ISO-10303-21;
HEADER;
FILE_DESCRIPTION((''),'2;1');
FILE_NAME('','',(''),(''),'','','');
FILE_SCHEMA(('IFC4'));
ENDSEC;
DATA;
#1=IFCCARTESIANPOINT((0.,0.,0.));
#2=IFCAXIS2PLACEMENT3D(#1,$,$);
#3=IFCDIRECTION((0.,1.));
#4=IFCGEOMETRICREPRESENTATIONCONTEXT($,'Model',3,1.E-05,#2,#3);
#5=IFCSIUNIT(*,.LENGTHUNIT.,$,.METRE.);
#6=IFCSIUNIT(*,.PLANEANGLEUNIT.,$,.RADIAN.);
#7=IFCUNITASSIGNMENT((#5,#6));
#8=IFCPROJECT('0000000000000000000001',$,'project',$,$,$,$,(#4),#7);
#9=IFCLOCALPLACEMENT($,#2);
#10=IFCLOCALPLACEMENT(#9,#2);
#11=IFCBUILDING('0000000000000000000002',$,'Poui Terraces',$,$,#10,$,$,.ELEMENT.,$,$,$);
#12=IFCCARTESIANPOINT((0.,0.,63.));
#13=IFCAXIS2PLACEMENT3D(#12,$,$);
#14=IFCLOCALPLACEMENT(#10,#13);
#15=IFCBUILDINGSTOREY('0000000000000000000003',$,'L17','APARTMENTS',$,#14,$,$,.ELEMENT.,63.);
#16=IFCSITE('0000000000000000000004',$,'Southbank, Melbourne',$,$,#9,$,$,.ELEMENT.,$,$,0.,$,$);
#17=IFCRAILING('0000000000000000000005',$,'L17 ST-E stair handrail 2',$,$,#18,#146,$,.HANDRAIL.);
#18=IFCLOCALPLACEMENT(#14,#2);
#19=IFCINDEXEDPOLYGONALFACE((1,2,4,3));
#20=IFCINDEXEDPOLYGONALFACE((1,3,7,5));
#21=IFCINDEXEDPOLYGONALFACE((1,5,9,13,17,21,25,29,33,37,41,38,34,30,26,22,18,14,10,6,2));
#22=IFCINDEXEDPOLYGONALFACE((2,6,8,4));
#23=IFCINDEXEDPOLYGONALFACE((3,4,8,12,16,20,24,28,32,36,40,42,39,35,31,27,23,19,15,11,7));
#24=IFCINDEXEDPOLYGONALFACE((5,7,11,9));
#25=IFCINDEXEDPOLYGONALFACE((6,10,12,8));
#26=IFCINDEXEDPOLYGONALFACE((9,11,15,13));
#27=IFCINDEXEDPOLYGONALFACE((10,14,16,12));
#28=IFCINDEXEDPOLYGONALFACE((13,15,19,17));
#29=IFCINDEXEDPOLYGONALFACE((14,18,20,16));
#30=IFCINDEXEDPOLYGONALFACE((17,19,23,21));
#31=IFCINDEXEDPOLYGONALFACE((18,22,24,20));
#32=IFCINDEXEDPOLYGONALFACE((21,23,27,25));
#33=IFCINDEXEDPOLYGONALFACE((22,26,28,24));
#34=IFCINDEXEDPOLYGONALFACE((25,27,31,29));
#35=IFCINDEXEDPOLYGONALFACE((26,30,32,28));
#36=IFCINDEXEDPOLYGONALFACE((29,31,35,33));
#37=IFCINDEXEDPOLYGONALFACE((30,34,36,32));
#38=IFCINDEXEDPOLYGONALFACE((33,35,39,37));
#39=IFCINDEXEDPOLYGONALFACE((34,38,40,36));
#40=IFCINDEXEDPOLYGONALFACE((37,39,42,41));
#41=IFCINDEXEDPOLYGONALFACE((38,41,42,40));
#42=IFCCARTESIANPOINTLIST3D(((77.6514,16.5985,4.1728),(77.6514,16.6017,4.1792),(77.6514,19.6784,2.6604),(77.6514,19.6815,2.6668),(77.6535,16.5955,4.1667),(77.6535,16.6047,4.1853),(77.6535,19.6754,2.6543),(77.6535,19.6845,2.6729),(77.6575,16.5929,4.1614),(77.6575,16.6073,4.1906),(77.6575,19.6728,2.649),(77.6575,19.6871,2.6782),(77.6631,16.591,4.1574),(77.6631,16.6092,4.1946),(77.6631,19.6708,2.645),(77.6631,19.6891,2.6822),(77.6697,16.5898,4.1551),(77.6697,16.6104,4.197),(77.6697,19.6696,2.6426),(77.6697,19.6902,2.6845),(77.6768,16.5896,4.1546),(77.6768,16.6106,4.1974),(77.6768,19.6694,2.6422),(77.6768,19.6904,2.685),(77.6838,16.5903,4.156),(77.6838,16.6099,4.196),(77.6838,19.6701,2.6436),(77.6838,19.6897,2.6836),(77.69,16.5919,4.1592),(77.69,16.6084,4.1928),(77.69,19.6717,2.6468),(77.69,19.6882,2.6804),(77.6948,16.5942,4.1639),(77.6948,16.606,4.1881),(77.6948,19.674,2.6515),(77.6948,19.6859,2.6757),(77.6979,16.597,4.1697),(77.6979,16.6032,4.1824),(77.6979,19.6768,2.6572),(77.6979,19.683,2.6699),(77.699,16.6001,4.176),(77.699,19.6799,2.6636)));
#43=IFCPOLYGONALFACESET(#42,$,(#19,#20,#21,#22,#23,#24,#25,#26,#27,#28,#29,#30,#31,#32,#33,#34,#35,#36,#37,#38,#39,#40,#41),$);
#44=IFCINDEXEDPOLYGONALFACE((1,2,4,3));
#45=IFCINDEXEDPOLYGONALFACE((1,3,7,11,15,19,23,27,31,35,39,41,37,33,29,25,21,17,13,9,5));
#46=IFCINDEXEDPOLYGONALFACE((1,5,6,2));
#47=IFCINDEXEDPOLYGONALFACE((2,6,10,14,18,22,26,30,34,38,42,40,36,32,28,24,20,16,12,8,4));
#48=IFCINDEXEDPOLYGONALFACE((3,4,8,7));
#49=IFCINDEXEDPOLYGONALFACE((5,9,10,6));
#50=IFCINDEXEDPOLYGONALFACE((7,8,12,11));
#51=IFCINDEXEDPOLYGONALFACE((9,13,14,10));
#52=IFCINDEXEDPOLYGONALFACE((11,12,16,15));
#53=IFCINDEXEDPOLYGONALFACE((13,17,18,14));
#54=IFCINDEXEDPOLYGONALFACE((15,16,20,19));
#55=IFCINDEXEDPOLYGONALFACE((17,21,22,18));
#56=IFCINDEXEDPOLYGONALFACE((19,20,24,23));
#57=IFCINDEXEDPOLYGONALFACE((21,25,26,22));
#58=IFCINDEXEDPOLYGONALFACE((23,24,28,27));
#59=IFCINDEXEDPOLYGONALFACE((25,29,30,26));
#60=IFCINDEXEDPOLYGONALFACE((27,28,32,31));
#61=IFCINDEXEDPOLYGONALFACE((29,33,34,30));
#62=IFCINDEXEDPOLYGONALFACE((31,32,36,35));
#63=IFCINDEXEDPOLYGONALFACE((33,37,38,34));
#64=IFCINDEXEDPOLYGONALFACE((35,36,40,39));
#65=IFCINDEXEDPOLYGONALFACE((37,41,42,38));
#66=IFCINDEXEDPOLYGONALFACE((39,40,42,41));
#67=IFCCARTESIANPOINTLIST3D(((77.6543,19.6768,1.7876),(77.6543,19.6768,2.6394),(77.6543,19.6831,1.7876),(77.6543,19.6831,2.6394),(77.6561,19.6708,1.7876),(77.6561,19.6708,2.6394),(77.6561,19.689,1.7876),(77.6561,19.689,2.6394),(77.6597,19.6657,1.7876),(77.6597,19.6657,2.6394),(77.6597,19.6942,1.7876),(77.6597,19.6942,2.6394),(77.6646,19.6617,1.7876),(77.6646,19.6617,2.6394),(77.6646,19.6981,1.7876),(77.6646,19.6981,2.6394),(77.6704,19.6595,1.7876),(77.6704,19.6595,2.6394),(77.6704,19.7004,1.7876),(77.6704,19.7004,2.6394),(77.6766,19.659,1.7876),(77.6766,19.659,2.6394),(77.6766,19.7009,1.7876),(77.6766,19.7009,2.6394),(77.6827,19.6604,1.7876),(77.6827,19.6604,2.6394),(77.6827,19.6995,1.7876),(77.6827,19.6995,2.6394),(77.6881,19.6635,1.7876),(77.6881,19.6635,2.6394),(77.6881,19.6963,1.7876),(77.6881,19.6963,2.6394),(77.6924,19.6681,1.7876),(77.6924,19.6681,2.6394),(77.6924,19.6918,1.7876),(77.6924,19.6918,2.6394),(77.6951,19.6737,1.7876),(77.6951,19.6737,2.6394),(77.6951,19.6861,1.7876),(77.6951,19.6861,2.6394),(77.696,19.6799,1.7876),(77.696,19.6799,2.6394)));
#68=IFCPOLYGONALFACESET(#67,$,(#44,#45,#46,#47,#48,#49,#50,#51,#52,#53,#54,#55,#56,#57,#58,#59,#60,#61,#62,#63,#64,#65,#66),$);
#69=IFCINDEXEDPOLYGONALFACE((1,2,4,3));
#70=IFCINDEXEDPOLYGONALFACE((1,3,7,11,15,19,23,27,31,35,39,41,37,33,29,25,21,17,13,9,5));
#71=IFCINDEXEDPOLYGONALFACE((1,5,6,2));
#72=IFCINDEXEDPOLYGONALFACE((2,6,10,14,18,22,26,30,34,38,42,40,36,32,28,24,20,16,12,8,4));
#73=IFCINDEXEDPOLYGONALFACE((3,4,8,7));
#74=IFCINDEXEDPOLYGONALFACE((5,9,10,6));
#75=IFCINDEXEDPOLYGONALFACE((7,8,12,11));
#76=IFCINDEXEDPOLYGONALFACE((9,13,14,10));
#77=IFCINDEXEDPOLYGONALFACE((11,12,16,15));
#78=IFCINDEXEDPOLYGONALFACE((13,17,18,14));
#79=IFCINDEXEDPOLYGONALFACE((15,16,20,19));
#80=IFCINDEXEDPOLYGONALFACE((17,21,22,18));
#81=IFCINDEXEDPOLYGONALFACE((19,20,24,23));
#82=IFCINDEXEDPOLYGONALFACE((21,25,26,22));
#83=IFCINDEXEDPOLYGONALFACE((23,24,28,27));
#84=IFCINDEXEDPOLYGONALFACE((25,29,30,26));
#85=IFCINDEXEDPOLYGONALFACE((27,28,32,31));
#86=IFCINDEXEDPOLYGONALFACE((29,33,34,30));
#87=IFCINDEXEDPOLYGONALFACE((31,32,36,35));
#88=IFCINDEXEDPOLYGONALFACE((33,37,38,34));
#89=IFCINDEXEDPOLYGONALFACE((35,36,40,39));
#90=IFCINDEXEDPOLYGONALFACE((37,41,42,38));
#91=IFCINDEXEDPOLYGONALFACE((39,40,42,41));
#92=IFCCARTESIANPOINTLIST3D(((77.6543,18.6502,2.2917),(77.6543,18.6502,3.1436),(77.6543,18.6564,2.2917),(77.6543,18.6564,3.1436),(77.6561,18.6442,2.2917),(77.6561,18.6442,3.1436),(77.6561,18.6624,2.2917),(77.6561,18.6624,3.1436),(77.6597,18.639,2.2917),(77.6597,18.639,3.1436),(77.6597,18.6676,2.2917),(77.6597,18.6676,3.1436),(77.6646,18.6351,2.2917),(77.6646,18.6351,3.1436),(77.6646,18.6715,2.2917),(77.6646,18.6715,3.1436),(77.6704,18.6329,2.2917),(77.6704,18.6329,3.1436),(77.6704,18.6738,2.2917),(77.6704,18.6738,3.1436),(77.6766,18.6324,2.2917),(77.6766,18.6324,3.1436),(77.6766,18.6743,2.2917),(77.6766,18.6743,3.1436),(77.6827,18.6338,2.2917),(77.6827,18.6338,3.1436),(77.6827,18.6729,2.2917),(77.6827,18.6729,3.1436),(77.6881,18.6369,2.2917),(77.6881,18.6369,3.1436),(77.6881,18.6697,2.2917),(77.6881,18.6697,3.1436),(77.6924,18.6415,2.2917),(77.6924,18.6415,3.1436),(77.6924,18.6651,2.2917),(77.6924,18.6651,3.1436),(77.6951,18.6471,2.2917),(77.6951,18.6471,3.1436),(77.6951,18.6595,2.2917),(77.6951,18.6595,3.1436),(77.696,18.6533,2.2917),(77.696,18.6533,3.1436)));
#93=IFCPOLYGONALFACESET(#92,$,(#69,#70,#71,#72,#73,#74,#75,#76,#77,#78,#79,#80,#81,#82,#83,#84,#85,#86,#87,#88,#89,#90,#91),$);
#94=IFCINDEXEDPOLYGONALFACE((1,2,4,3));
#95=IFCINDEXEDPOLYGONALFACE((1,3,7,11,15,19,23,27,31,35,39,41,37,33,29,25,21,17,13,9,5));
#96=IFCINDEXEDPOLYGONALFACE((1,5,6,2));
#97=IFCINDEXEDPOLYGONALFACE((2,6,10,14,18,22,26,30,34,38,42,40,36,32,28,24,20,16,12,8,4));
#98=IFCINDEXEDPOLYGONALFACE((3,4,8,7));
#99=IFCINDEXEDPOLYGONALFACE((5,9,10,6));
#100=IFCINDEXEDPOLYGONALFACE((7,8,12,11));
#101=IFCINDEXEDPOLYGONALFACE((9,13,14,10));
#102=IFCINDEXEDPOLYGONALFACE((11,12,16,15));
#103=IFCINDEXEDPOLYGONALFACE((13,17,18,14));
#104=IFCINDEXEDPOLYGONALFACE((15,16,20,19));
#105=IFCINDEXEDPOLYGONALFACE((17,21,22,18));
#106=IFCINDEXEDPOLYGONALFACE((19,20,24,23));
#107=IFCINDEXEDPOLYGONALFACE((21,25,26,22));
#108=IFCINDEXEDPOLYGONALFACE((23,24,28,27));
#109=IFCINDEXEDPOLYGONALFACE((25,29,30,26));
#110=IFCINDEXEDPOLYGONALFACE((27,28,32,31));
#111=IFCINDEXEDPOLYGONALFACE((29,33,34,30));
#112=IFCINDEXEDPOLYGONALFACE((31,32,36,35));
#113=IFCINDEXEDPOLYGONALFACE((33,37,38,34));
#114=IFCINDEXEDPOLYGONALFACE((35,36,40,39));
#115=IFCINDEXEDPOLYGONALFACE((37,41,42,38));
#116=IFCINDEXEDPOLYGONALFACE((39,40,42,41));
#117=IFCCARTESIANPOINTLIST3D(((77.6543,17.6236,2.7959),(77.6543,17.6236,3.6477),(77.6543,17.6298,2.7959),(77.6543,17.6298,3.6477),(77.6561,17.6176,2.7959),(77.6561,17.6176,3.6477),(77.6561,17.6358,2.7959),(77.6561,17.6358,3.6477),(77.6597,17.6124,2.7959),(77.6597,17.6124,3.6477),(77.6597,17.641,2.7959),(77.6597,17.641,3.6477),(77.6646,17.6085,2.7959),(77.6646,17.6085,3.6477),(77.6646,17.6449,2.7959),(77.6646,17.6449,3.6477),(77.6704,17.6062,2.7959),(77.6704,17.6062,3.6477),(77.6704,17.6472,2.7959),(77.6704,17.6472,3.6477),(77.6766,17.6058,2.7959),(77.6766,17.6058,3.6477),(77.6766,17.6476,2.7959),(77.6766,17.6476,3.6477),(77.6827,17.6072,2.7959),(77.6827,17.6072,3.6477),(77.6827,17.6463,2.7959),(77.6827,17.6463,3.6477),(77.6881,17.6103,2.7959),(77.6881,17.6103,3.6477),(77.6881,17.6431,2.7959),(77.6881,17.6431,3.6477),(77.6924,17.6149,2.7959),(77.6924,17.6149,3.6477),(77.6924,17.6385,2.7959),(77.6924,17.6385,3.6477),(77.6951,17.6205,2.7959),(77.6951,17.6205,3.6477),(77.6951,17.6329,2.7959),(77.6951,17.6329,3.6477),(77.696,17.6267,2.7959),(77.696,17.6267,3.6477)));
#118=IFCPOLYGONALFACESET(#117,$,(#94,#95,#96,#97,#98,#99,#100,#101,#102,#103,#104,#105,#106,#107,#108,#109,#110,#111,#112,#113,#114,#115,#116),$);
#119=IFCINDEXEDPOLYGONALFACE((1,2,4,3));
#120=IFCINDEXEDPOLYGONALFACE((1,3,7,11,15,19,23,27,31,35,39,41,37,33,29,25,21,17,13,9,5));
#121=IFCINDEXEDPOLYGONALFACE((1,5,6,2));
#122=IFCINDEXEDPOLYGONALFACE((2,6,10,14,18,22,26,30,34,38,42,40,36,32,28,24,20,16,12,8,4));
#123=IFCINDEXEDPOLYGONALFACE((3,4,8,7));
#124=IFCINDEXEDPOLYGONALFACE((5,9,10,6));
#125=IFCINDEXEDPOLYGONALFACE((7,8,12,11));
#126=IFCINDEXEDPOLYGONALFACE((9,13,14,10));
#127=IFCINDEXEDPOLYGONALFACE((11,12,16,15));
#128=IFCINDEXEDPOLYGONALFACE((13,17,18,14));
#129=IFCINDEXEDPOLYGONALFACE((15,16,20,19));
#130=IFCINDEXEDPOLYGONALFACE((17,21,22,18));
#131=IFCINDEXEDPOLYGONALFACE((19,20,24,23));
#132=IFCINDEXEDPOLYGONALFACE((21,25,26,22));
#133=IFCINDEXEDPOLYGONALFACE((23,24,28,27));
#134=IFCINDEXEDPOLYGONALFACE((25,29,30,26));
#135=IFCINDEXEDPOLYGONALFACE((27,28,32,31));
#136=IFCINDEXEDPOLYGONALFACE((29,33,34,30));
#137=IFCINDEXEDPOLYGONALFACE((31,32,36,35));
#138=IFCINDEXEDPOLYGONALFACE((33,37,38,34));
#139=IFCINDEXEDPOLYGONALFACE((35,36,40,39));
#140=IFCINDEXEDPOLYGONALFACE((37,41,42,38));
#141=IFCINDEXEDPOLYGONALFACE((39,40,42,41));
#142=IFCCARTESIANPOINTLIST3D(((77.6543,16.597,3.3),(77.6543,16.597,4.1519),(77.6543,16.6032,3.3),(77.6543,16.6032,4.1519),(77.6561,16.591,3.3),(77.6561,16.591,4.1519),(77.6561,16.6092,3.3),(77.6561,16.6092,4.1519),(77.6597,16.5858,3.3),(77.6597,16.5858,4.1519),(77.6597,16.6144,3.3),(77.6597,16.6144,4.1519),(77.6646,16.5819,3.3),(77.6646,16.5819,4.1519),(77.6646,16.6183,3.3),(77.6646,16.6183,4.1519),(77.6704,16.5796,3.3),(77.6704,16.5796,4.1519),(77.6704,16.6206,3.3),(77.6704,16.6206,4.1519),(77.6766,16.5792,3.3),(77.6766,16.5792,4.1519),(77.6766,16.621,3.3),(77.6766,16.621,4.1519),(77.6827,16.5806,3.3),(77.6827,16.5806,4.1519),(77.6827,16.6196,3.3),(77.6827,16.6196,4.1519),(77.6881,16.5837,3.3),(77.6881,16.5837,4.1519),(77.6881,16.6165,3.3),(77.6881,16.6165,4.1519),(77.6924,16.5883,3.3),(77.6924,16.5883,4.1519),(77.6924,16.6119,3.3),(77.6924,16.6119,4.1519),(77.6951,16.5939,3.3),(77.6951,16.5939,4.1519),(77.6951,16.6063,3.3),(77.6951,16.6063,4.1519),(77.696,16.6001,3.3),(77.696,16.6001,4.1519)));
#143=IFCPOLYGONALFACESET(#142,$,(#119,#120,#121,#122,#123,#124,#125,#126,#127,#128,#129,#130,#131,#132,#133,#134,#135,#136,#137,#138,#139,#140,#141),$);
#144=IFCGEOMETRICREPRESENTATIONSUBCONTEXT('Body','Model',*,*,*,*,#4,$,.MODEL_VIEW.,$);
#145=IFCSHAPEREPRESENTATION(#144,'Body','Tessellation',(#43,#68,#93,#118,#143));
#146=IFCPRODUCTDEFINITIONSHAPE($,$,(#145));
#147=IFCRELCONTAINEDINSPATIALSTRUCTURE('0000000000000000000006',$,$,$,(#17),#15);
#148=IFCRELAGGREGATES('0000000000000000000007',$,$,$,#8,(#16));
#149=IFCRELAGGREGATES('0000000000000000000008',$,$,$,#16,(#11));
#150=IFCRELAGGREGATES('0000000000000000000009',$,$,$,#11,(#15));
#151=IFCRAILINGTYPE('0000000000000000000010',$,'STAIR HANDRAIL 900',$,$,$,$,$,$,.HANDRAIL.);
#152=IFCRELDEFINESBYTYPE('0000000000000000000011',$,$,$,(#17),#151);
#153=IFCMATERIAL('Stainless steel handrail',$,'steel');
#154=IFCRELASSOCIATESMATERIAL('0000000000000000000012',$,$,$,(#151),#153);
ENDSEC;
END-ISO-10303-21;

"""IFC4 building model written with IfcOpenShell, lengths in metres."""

from ifc_helpers import new_model, si_unit, direction, frame, origin, origin_2d, place, context, subcontext, project, spatial, circle, extrude, material, type_object, element, save


model = new_model("IFC4")

# Units and contexts
model_context = context("Model", 3, precision=1e-05, world=origin(), true_north=direction((0.0, 1.0)))
body_context = subcontext(model_context, "Body", "Model", "MODEL_VIEW")
ifc_project = project(units=[si_unit("LENGTHUNIT", "METRE"), si_unit("PLANEANGLEUNIT", "RADIAN")], contexts=[model_context])

# Site, building, storey
site_placement = place(None, origin())
site = spatial("IfcSite", under=ifc_project, at=site_placement, Name="Southbank, Melbourne", CompositionType="ELEMENT", RefElevation=0.0)
building_placement = place(site_placement, origin())
building = spatial("IfcBuilding", under=site, at=building_placement, Name="Poui Terraces", CompositionType="ELEMENT")
storey_placement = place(building_placement, frame((0.0, 0.0, 63.0)))
storey = spatial("IfcBuildingStorey", under=building, at=storey_placement, Name="L17", Description="APARTMENTS", CompositionType="ELEMENT", Elevation=63.0)

# Railing
ifc_material_1 = material(Name="Stainless steel handrail", Category="steel")
railing_type_1 = type_object("IfcRailingType", Name="STAIR HANDRAIL 900", PredefinedType="HANDRAIL", material=ifc_material_1)
railing_1_placement = place(storey_placement, frame((77.675, 19.6799, 1.7876)))
element("IfcRailing", 1, at=railing_1_placement, inside=storey, type_object=railing_type_1, Name="L17 ST-E stair handrail 2", PredefinedType="HANDRAIL", context=body_context, shape_type="SweptSolid", body=[
    extrude(circle(Radius=0.0239, at=origin_2d()), frame((0.0, 0.0, 0.876), z_axis=(0.0, -0.897606, 0.440798), x_axis=(1.0, 0.0, 0.0)), (0.0, 0.0, 1.0), 3.4312),
    extrude(circle(Radius=0.021, at=origin_2d()), origin(), (0.0, 0.0, 1.0), 0.8518),
    extrude(circle(Radius=0.021, at=origin_2d()), frame((0.0, -1.0266, 0.5042)), (0.0, 0.0, 1.0), 0.8518),
    extrude(circle(Radius=0.021, at=origin_2d()), frame((0.0, -2.0532, 1.0083)), (0.0, 0.0, 1.0), 0.8518),
    extrude(circle(Radius=0.021, at=origin_2d()), frame((0.0, -3.0798, 1.5125)), (0.0, 0.0, 1.0), 0.8518),
])

save(model, "model.ifc")
